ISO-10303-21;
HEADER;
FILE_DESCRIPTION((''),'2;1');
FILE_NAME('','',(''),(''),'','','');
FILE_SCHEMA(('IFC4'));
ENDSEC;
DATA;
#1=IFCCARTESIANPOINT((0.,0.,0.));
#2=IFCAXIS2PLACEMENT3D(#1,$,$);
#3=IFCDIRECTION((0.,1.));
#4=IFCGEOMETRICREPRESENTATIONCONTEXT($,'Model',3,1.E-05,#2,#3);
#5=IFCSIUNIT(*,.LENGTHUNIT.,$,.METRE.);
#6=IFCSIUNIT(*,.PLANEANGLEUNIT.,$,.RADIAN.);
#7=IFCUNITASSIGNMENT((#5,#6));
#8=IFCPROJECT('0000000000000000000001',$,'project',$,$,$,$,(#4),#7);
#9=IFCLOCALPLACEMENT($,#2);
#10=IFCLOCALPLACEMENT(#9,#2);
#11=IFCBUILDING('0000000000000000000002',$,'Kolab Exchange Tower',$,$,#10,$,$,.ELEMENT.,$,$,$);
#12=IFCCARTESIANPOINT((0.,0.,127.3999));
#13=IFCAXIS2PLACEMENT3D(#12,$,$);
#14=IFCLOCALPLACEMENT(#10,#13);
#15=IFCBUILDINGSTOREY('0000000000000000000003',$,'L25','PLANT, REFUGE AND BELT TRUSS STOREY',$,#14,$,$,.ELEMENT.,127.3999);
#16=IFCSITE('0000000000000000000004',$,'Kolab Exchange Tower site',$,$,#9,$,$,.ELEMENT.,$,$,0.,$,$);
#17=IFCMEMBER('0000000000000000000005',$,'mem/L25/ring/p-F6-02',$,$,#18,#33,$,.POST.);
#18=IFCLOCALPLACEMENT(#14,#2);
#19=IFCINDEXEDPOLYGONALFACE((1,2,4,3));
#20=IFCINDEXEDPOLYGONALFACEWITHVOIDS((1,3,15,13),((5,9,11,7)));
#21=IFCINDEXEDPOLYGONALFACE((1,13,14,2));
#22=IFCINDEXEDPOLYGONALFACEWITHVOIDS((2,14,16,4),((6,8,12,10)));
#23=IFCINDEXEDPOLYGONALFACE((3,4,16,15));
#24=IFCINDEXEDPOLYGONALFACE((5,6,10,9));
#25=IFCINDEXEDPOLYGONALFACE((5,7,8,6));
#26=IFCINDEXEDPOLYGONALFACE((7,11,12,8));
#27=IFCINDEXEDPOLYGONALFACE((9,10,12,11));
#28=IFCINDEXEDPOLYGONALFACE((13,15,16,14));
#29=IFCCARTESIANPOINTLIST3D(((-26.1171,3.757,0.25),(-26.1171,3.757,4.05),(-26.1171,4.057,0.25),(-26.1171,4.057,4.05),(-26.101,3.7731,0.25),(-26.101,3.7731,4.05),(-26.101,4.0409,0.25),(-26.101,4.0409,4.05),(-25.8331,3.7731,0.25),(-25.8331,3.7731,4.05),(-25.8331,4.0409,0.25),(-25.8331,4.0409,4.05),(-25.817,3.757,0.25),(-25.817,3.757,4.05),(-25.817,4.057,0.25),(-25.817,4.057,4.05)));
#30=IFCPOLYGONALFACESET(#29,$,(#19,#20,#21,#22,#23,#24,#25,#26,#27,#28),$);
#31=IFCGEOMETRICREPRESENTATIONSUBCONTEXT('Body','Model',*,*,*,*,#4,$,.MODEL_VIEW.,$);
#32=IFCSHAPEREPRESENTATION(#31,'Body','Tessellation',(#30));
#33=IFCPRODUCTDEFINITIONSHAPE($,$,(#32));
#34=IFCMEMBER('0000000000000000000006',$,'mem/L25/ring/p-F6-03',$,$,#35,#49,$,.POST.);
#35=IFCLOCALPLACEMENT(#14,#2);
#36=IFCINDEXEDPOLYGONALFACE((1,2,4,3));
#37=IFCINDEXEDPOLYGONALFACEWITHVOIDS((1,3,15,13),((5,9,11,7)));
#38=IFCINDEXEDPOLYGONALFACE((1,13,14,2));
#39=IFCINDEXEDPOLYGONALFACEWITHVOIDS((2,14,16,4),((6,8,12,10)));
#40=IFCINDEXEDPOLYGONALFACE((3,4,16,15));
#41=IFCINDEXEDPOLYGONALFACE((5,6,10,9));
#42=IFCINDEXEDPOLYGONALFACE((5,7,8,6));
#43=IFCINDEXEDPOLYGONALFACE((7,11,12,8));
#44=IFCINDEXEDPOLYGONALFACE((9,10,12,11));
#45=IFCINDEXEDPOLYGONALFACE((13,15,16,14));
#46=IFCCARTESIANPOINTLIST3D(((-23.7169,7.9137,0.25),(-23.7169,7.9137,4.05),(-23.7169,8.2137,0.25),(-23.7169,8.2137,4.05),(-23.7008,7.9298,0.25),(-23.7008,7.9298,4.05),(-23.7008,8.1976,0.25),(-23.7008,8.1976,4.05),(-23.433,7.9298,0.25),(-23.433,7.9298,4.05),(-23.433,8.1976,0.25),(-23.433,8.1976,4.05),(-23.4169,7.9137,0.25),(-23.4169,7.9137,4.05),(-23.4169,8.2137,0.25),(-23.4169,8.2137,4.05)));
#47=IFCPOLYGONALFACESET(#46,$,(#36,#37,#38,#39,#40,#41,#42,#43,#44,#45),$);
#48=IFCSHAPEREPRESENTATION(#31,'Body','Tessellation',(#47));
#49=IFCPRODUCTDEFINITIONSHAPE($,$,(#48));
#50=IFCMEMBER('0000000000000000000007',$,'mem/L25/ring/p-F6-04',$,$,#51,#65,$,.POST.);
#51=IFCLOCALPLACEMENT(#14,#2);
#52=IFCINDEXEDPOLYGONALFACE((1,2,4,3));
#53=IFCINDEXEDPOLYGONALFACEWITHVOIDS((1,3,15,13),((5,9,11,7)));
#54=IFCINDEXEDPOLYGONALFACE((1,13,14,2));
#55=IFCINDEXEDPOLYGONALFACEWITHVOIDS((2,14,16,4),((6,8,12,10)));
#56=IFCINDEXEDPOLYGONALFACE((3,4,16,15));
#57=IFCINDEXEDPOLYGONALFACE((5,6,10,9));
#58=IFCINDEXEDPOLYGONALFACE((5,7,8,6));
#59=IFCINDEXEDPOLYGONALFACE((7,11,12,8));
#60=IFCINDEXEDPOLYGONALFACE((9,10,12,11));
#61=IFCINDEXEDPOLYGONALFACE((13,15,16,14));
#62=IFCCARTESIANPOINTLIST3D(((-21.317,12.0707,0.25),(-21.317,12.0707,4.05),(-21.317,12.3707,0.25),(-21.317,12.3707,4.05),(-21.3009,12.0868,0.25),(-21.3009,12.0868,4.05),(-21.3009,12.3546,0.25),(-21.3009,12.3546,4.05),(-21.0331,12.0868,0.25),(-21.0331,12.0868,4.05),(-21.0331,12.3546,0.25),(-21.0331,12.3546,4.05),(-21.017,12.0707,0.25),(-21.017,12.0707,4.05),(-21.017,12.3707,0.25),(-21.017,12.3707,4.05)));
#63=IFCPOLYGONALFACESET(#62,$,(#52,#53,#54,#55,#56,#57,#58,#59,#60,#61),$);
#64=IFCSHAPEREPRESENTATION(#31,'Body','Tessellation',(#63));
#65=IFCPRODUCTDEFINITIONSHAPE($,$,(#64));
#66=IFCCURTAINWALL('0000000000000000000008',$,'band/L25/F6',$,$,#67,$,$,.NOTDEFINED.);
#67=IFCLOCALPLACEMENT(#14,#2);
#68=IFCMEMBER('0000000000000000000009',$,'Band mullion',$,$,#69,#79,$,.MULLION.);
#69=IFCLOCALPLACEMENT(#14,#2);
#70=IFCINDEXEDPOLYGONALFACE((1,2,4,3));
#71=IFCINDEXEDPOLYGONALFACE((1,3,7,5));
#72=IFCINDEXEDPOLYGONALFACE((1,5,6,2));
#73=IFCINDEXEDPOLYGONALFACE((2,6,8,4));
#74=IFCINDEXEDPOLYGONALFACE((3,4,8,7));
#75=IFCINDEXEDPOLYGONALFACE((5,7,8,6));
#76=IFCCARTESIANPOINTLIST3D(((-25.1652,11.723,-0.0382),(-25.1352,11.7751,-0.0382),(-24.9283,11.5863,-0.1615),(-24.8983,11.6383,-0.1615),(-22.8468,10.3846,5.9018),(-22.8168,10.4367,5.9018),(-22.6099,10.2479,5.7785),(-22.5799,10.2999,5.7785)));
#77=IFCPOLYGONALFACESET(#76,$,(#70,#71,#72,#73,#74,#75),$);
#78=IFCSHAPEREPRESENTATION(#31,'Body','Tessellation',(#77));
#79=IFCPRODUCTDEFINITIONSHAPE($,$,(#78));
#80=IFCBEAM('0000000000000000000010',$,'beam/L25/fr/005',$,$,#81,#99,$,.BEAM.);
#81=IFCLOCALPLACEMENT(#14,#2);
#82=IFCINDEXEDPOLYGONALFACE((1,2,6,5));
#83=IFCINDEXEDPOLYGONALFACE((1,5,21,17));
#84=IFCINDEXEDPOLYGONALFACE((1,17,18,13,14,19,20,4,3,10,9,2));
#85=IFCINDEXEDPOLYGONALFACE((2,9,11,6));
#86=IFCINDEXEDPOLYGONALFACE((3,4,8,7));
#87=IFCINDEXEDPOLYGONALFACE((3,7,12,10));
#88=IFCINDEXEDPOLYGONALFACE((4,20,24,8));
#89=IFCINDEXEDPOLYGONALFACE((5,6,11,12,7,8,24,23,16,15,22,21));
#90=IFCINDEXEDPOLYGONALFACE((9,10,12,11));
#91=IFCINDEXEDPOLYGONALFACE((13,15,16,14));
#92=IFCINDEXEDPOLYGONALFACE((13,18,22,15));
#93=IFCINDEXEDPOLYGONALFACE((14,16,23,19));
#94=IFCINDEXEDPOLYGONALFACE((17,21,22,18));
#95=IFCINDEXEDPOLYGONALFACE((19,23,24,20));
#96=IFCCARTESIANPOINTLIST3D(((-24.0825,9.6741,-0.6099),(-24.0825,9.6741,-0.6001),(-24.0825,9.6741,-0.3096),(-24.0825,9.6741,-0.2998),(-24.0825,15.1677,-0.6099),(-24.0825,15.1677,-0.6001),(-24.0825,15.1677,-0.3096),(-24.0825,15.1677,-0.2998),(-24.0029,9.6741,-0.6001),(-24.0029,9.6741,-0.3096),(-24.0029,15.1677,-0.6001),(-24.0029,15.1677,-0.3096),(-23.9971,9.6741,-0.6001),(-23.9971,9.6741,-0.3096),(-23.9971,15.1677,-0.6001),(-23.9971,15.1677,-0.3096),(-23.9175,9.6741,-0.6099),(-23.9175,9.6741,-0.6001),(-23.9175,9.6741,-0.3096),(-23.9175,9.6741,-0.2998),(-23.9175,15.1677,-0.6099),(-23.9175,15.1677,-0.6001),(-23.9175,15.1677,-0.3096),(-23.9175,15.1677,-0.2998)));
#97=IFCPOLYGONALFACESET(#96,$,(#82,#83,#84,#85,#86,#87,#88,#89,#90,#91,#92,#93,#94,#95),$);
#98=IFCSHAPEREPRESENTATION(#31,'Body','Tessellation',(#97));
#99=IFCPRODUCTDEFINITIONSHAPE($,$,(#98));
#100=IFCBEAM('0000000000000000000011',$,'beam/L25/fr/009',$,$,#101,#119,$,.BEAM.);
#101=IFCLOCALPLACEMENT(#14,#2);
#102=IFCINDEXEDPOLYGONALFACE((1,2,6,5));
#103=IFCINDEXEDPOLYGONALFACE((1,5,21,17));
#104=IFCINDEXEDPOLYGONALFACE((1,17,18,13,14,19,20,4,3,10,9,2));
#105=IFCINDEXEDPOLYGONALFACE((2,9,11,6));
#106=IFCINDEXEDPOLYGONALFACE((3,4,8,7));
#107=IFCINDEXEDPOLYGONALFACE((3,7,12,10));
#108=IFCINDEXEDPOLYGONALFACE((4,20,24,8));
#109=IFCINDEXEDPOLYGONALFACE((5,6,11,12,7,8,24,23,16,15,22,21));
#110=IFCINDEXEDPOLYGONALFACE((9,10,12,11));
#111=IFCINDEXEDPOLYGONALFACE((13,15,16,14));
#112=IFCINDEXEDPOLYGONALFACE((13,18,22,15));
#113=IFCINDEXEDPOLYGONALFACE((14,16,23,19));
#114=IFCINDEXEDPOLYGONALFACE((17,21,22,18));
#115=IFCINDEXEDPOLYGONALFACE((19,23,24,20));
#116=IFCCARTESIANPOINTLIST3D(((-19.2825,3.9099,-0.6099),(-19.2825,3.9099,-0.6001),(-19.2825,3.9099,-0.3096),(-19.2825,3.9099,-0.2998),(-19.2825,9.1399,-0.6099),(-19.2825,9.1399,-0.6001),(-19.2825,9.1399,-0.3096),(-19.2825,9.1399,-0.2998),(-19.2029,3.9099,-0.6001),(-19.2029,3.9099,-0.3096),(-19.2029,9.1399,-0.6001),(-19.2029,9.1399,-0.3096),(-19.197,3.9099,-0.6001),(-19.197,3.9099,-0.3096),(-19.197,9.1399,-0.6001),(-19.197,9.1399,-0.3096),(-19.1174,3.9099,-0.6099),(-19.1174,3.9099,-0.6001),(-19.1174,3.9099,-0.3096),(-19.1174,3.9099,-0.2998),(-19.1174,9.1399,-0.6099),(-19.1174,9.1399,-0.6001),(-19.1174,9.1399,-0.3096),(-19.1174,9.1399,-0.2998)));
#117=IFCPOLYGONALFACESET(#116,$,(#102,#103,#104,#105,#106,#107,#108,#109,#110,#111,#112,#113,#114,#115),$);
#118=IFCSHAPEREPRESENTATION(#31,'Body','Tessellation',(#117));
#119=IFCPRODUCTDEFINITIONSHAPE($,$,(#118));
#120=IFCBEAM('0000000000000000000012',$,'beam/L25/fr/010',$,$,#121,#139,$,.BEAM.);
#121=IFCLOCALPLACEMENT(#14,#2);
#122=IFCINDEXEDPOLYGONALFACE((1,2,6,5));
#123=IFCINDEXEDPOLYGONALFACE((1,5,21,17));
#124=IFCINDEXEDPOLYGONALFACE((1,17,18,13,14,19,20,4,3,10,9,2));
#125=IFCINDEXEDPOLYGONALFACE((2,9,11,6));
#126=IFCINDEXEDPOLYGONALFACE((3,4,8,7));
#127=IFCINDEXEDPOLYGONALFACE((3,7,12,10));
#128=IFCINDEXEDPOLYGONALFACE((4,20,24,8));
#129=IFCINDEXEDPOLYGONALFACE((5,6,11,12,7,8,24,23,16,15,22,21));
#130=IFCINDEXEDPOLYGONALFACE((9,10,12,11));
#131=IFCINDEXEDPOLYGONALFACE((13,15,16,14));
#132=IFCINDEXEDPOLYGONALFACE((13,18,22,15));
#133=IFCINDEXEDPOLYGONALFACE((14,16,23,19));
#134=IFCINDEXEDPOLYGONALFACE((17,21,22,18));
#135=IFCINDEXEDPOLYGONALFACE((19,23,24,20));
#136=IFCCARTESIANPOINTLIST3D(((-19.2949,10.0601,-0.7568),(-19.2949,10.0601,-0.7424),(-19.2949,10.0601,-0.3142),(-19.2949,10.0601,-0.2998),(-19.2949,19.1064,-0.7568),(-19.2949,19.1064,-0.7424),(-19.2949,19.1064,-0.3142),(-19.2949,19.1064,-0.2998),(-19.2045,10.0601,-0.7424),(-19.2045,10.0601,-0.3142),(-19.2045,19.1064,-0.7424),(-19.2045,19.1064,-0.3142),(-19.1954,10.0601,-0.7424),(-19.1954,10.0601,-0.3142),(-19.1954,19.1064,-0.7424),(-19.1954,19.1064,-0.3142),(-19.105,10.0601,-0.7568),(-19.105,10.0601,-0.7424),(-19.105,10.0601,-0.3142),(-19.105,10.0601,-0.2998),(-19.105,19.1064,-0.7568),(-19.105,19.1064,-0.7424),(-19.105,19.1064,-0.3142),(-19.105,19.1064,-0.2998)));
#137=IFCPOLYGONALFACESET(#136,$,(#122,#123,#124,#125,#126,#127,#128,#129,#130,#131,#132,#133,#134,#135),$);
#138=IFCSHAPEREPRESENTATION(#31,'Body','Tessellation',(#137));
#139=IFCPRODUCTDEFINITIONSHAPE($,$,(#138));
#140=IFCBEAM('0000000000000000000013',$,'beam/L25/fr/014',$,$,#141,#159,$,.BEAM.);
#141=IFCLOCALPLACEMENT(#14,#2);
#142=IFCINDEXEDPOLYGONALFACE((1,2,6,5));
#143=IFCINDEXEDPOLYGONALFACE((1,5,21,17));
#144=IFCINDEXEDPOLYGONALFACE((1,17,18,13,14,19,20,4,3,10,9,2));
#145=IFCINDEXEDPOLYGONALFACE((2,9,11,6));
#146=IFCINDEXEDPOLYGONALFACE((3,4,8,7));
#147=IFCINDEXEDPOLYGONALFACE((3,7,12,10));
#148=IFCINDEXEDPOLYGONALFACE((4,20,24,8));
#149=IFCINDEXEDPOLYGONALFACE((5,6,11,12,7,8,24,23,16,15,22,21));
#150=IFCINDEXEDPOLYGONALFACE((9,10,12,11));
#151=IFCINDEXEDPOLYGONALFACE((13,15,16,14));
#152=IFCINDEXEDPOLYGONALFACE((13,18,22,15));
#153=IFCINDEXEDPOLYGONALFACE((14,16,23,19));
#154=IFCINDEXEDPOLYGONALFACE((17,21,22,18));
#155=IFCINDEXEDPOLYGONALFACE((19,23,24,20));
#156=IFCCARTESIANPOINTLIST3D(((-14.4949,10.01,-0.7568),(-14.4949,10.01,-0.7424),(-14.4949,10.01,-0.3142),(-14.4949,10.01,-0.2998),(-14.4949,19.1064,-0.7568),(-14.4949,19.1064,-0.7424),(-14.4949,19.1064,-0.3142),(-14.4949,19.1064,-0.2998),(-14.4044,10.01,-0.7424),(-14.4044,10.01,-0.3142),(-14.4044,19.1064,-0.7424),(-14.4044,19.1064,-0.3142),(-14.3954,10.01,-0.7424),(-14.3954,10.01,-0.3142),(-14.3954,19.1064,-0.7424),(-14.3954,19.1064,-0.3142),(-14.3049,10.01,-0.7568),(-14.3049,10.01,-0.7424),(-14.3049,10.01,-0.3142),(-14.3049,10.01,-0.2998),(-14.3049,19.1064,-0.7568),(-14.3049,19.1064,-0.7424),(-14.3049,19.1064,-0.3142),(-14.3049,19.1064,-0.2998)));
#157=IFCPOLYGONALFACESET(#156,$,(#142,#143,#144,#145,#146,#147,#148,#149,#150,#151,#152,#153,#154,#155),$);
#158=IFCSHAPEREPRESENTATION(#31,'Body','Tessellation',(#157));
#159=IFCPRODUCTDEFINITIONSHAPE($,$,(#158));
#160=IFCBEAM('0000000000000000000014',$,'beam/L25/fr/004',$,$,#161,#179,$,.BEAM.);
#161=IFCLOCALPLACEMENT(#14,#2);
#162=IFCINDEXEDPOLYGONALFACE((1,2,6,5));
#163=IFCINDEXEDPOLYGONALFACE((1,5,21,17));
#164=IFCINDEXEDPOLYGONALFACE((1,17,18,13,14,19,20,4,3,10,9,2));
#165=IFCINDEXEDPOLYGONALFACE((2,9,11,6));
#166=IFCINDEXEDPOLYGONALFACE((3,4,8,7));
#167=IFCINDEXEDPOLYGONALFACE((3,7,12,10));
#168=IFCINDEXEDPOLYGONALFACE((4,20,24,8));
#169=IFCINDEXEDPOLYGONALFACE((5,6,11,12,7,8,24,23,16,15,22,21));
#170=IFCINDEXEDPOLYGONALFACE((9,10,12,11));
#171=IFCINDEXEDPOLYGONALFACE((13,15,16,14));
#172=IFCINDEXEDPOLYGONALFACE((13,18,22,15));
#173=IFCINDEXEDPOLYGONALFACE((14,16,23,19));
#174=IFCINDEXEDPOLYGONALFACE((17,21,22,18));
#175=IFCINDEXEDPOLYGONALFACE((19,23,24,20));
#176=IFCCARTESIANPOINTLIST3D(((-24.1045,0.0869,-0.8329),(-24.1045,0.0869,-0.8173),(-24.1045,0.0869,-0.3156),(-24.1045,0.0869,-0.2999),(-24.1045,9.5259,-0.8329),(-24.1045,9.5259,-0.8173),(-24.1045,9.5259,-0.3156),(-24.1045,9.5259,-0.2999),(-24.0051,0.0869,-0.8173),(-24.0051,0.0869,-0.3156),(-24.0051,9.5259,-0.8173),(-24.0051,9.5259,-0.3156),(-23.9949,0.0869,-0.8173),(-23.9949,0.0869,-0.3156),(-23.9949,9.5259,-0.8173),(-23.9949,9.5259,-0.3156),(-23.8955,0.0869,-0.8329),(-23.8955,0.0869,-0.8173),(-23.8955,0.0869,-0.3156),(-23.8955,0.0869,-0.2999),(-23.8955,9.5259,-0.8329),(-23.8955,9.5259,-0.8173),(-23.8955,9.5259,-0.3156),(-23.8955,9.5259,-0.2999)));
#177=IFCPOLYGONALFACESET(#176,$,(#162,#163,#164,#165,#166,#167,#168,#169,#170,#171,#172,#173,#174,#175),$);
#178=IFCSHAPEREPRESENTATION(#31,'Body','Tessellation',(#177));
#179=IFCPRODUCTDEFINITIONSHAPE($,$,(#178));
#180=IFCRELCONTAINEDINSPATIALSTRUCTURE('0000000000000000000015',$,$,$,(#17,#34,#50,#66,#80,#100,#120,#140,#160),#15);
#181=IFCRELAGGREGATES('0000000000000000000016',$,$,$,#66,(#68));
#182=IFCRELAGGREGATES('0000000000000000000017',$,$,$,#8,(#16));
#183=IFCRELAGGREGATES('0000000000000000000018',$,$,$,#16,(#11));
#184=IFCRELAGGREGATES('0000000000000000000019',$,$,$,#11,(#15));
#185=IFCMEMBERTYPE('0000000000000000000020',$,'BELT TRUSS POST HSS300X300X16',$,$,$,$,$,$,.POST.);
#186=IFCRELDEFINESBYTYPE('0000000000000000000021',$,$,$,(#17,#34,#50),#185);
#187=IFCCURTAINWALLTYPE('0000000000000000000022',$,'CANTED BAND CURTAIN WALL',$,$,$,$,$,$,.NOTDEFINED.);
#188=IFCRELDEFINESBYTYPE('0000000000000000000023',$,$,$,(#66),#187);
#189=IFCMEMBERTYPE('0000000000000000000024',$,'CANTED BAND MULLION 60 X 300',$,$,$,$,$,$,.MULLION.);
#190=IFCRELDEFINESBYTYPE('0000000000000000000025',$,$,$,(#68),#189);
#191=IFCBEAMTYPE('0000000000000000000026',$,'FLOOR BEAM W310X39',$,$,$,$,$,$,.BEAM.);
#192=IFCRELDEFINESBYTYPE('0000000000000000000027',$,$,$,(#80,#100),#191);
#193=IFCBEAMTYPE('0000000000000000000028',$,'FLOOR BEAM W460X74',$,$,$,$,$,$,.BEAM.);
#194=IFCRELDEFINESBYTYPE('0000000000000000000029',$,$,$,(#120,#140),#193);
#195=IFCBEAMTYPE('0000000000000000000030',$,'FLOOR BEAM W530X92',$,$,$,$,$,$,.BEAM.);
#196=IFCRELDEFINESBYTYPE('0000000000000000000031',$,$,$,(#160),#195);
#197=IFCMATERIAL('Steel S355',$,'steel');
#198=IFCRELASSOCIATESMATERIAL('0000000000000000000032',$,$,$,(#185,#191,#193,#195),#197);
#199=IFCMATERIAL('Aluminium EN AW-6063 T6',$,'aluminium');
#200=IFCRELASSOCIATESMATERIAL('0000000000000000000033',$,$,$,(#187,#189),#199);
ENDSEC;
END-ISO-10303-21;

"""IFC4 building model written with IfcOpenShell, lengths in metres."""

from ifc_helpers import new_model, si_unit, direction, frame, origin, origin_2d, place, context, subcontext, project, spatial, rectangle, hollow_rectangle, i_section, extrude, material, material_profile, profile_set, type_object, element, aggregate, save


model = new_model("IFC4")

# Units and contexts
model_context = context("Model", 3, precision=1e-05, world=origin(), true_north=direction((0.0, 1.0)))
body_context = subcontext(model_context, "Body", "Model", "MODEL_VIEW")
ifc_project = project(units=[si_unit("LENGTHUNIT", "METRE"), si_unit("PLANEANGLEUNIT", "RADIAN")], contexts=[model_context])

# Site, building, storey
site_placement = place(None, origin())
site = spatial("IfcSite", under=ifc_project, at=site_placement, Name="Kolab Exchange Tower site", CompositionType="ELEMENT", RefElevation=0.0)
building_placement = place(site_placement, origin())
building = spatial("IfcBuilding", under=site, at=building_placement, Name="Kolab Exchange Tower", CompositionType="ELEMENT")
storey_placement = place(building_placement, frame((0.0, 0.0, 127.3999)))
storey = spatial("IfcBuildingStorey", under=building, at=storey_placement, Name="L25", Description="PLANT, REFUGE AND BELT TRUSS STOREY", CompositionType="ELEMENT", Elevation=127.3999)

# Shared definitions
ifc_material_1 = material(Name="Steel S355", Category="steel")

# Members
ifc_material_profile_1 = material_profile(ifc_material_1, hollow_rectangle(XDim=0.3, YDim=0.3, WallThickness=0.0161, at=origin_2d()), Name="HSS300X300X16")
ifc_profile_set_1 = profile_set([ifc_material_profile_1], Name="Steel S355")
member_type_1 = type_object("IfcMemberType", Name="BELT TRUSS POST HSS300X300X16", PredefinedType="POST", material=ifc_profile_set_1)
for number, where, z_axis, x_axis, name in (
    (1, (-25.967, 3.907, 0.25), (0.0, 0.0, 1.0), (1.0, 0.0, 0.0), "mem/L25/ring/p-F6-02"),
    (2, (-23.5669, 8.0637, 0.25), (0.0, 0.0, 1.0), (1.0, 0.0, 0.0), "mem/L25/ring/p-F6-03"),
    (3, (-21.167, 12.2207, 0.25), (0.0, 0.0, 1.0), (1.0, 0.0, 0.0), "mem/L25/ring/p-F6-04"),
):
    element("IfcMember", number, at=place(storey_placement, frame(where, z_axis=z_axis, x_axis=x_axis)), inside=storey, type_object=member_type_1, Name=name, PredefinedType="POST", context=body_context, shape_type="SweptSolid", body=[
        extrude(hollow_rectangle(XDim=0.3, YDim=0.3, WallThickness=0.0161, at=origin_2d()), origin(), (0.0, 0.0, 1.0), 3.8),
    ])

# Curtain wall, member
ifc_material_2 = material(Name="Aluminium EN AW-6063 T6", Category="aluminium")
curtain_wall_type = type_object("IfcCurtainWallType", Name="CANTED BAND CURTAIN WALL", PredefinedType="NOTDEFINED", material=ifc_material_2)
curtain_wall_placement = place(storey_placement, origin())
curtain_wall = element("IfcCurtainWall", 4, at=curtain_wall_placement, inside=storey, type_object=curtain_wall_type, Name="band/L25/F6", PredefinedType="NOTDEFINED")
ifc_material_profile_2 = material_profile(ifc_material_2, rectangle(XDim=0.0601, YDim=0.3, at=origin_2d()), Name="RECT 60X300")
ifc_profile_set_2 = profile_set([ifc_material_profile_2], Name="Aluminium EN AW-6063 T6")
member_type_2 = type_object("IfcMemberType", Name="CANTED BAND MULLION 60 X 300", PredefinedType="MULLION", material=ifc_profile_set_2)
member_1_placement = place(storey_placement, frame((-25.0317, 11.6807, -0.0999), z_axis=(0.355834, -0.205421, 0.911693), x_axis=(0.499965, 0.866046, 0.0)))
member_1 = element("IfcMember", 5, at=member_1_placement, type_object=member_type_2, Name="Band mullion", PredefinedType="MULLION", context=body_context, shape_type="SweptSolid", body=[
    extrude(rectangle(XDim=0.0601, YDim=0.3, at=origin_2d()), origin(), (0.0, 0.0, 1.0), 6.5154),
])

# Beams
ifc_material_profile_3 = material_profile(ifc_material_1, i_section(OverallWidth=0.165, OverallDepth=0.3101, WebThickness=0.0059, FlangeThickness=0.0098, at=origin_2d()), Name="W310X39")
ifc_profile_set_3 = profile_set([ifc_material_profile_3], Name="Steel S355")
beam_type_1 = type_object("IfcBeamType", Name="FLOOR BEAM W310X39", PredefinedType="BEAM", material=ifc_profile_set_3)
beam_1_placement = place(storey_placement, frame((-24.0, 9.6741, -0.4548), z_axis=(0.0, 1.0, 0.0), x_axis=(-1.0, 0.0, 0.0)))
element("IfcBeam", 6, at=beam_1_placement, inside=storey, type_object=beam_type_1, Name="beam/L25/fr/005", PredefinedType="BEAM", context=body_context, shape_type="SweptSolid", body=[
    extrude(i_section(OverallWidth=0.165, OverallDepth=0.3101, WebThickness=0.0059, FlangeThickness=0.0098, at=origin_2d()), origin(), (0.0, 0.0, 1.0), 5.4937),
])
beam_2_placement = place(storey_placement, frame((-19.2, 3.9099, -0.4548), z_axis=(0.0, 1.0, 0.0), x_axis=(-1.0, 0.0, 0.0)))
element("IfcBeam", 7, at=beam_2_placement, inside=storey, type_object=beam_type_1, Name="beam/L25/fr/009", PredefinedType="BEAM", context=body_context, shape_type="SweptSolid", body=[
    extrude(i_section(OverallWidth=0.165, OverallDepth=0.3101, WebThickness=0.0059, FlangeThickness=0.0098, at=origin_2d()), origin(), (0.0, 0.0, 1.0), 5.23),
])
ifc_material_profile_4 = material_profile(ifc_material_1, i_section(OverallWidth=0.1899, OverallDepth=0.457, WebThickness=0.009, FlangeThickness=0.0144, at=origin_2d()), Name="W460X74")
ifc_profile_set_4 = profile_set([ifc_material_profile_4], Name="Steel S355")
beam_type_2 = type_object("IfcBeamType", Name="FLOOR BEAM W460X74", PredefinedType="BEAM", material=ifc_profile_set_4)
beam_3_placement = place(storey_placement, frame((-19.2, 10.0601, -0.5283), z_axis=(0.0, 1.0, 0.0), x_axis=(-1.0, 0.0, 0.0)))
element("IfcBeam", 8, at=beam_3_placement, inside=storey, type_object=beam_type_2, Name="beam/L25/fr/010", PredefinedType="BEAM", context=body_context, shape_type="SweptSolid", body=[
    extrude(i_section(OverallWidth=0.1899, OverallDepth=0.457, WebThickness=0.009, FlangeThickness=0.0144, at=origin_2d()), origin(), (0.0, 0.0, 1.0), 9.0464),
])
beam_4_placement = place(storey_placement, frame((-14.3999, 10.01, -0.5283), z_axis=(0.0, 1.0, 0.0), x_axis=(-1.0, 0.0, 0.0)))
element("IfcBeam", 9, at=beam_4_placement, inside=storey, type_object=beam_type_2, Name="beam/L25/fr/014", PredefinedType="BEAM", context=body_context, shape_type="SweptSolid", body=[
    extrude(i_section(OverallWidth=0.1899, OverallDepth=0.457, WebThickness=0.009, FlangeThickness=0.0144, at=origin_2d()), origin(), (0.0, 0.0, 1.0), 9.0964),
])
ifc_material_profile_5 = material_profile(ifc_material_1, i_section(OverallWidth=0.209, OverallDepth=0.533, WebThickness=0.0103, FlangeThickness=0.0156, at=origin_2d()), Name="W530X92")
ifc_profile_set_5 = profile_set([ifc_material_profile_5], Name="Steel S355")
beam_type_3 = type_object("IfcBeamType", Name="FLOOR BEAM W530X92", PredefinedType="BEAM", material=ifc_profile_set_5)
beam_5_placement = place(storey_placement, frame((-24.0, 0.0869, -0.5664), z_axis=(0.0, 1.0, 0.0), x_axis=(-1.0, 0.0, 0.0)))
element("IfcBeam", 10, at=beam_5_placement, inside=storey, type_object=beam_type_3, Name="beam/L25/fr/004", PredefinedType="BEAM", context=body_context, shape_type="SweptSolid", body=[
    extrude(i_section(OverallWidth=0.209, OverallDepth=0.533, WebThickness=0.0103, FlangeThickness=0.0156, at=origin_2d()), origin(), (0.0, 0.0, 1.0), 9.439),
])

aggregate(curtain_wall, [member_1])

save(model, "model.ifc")
